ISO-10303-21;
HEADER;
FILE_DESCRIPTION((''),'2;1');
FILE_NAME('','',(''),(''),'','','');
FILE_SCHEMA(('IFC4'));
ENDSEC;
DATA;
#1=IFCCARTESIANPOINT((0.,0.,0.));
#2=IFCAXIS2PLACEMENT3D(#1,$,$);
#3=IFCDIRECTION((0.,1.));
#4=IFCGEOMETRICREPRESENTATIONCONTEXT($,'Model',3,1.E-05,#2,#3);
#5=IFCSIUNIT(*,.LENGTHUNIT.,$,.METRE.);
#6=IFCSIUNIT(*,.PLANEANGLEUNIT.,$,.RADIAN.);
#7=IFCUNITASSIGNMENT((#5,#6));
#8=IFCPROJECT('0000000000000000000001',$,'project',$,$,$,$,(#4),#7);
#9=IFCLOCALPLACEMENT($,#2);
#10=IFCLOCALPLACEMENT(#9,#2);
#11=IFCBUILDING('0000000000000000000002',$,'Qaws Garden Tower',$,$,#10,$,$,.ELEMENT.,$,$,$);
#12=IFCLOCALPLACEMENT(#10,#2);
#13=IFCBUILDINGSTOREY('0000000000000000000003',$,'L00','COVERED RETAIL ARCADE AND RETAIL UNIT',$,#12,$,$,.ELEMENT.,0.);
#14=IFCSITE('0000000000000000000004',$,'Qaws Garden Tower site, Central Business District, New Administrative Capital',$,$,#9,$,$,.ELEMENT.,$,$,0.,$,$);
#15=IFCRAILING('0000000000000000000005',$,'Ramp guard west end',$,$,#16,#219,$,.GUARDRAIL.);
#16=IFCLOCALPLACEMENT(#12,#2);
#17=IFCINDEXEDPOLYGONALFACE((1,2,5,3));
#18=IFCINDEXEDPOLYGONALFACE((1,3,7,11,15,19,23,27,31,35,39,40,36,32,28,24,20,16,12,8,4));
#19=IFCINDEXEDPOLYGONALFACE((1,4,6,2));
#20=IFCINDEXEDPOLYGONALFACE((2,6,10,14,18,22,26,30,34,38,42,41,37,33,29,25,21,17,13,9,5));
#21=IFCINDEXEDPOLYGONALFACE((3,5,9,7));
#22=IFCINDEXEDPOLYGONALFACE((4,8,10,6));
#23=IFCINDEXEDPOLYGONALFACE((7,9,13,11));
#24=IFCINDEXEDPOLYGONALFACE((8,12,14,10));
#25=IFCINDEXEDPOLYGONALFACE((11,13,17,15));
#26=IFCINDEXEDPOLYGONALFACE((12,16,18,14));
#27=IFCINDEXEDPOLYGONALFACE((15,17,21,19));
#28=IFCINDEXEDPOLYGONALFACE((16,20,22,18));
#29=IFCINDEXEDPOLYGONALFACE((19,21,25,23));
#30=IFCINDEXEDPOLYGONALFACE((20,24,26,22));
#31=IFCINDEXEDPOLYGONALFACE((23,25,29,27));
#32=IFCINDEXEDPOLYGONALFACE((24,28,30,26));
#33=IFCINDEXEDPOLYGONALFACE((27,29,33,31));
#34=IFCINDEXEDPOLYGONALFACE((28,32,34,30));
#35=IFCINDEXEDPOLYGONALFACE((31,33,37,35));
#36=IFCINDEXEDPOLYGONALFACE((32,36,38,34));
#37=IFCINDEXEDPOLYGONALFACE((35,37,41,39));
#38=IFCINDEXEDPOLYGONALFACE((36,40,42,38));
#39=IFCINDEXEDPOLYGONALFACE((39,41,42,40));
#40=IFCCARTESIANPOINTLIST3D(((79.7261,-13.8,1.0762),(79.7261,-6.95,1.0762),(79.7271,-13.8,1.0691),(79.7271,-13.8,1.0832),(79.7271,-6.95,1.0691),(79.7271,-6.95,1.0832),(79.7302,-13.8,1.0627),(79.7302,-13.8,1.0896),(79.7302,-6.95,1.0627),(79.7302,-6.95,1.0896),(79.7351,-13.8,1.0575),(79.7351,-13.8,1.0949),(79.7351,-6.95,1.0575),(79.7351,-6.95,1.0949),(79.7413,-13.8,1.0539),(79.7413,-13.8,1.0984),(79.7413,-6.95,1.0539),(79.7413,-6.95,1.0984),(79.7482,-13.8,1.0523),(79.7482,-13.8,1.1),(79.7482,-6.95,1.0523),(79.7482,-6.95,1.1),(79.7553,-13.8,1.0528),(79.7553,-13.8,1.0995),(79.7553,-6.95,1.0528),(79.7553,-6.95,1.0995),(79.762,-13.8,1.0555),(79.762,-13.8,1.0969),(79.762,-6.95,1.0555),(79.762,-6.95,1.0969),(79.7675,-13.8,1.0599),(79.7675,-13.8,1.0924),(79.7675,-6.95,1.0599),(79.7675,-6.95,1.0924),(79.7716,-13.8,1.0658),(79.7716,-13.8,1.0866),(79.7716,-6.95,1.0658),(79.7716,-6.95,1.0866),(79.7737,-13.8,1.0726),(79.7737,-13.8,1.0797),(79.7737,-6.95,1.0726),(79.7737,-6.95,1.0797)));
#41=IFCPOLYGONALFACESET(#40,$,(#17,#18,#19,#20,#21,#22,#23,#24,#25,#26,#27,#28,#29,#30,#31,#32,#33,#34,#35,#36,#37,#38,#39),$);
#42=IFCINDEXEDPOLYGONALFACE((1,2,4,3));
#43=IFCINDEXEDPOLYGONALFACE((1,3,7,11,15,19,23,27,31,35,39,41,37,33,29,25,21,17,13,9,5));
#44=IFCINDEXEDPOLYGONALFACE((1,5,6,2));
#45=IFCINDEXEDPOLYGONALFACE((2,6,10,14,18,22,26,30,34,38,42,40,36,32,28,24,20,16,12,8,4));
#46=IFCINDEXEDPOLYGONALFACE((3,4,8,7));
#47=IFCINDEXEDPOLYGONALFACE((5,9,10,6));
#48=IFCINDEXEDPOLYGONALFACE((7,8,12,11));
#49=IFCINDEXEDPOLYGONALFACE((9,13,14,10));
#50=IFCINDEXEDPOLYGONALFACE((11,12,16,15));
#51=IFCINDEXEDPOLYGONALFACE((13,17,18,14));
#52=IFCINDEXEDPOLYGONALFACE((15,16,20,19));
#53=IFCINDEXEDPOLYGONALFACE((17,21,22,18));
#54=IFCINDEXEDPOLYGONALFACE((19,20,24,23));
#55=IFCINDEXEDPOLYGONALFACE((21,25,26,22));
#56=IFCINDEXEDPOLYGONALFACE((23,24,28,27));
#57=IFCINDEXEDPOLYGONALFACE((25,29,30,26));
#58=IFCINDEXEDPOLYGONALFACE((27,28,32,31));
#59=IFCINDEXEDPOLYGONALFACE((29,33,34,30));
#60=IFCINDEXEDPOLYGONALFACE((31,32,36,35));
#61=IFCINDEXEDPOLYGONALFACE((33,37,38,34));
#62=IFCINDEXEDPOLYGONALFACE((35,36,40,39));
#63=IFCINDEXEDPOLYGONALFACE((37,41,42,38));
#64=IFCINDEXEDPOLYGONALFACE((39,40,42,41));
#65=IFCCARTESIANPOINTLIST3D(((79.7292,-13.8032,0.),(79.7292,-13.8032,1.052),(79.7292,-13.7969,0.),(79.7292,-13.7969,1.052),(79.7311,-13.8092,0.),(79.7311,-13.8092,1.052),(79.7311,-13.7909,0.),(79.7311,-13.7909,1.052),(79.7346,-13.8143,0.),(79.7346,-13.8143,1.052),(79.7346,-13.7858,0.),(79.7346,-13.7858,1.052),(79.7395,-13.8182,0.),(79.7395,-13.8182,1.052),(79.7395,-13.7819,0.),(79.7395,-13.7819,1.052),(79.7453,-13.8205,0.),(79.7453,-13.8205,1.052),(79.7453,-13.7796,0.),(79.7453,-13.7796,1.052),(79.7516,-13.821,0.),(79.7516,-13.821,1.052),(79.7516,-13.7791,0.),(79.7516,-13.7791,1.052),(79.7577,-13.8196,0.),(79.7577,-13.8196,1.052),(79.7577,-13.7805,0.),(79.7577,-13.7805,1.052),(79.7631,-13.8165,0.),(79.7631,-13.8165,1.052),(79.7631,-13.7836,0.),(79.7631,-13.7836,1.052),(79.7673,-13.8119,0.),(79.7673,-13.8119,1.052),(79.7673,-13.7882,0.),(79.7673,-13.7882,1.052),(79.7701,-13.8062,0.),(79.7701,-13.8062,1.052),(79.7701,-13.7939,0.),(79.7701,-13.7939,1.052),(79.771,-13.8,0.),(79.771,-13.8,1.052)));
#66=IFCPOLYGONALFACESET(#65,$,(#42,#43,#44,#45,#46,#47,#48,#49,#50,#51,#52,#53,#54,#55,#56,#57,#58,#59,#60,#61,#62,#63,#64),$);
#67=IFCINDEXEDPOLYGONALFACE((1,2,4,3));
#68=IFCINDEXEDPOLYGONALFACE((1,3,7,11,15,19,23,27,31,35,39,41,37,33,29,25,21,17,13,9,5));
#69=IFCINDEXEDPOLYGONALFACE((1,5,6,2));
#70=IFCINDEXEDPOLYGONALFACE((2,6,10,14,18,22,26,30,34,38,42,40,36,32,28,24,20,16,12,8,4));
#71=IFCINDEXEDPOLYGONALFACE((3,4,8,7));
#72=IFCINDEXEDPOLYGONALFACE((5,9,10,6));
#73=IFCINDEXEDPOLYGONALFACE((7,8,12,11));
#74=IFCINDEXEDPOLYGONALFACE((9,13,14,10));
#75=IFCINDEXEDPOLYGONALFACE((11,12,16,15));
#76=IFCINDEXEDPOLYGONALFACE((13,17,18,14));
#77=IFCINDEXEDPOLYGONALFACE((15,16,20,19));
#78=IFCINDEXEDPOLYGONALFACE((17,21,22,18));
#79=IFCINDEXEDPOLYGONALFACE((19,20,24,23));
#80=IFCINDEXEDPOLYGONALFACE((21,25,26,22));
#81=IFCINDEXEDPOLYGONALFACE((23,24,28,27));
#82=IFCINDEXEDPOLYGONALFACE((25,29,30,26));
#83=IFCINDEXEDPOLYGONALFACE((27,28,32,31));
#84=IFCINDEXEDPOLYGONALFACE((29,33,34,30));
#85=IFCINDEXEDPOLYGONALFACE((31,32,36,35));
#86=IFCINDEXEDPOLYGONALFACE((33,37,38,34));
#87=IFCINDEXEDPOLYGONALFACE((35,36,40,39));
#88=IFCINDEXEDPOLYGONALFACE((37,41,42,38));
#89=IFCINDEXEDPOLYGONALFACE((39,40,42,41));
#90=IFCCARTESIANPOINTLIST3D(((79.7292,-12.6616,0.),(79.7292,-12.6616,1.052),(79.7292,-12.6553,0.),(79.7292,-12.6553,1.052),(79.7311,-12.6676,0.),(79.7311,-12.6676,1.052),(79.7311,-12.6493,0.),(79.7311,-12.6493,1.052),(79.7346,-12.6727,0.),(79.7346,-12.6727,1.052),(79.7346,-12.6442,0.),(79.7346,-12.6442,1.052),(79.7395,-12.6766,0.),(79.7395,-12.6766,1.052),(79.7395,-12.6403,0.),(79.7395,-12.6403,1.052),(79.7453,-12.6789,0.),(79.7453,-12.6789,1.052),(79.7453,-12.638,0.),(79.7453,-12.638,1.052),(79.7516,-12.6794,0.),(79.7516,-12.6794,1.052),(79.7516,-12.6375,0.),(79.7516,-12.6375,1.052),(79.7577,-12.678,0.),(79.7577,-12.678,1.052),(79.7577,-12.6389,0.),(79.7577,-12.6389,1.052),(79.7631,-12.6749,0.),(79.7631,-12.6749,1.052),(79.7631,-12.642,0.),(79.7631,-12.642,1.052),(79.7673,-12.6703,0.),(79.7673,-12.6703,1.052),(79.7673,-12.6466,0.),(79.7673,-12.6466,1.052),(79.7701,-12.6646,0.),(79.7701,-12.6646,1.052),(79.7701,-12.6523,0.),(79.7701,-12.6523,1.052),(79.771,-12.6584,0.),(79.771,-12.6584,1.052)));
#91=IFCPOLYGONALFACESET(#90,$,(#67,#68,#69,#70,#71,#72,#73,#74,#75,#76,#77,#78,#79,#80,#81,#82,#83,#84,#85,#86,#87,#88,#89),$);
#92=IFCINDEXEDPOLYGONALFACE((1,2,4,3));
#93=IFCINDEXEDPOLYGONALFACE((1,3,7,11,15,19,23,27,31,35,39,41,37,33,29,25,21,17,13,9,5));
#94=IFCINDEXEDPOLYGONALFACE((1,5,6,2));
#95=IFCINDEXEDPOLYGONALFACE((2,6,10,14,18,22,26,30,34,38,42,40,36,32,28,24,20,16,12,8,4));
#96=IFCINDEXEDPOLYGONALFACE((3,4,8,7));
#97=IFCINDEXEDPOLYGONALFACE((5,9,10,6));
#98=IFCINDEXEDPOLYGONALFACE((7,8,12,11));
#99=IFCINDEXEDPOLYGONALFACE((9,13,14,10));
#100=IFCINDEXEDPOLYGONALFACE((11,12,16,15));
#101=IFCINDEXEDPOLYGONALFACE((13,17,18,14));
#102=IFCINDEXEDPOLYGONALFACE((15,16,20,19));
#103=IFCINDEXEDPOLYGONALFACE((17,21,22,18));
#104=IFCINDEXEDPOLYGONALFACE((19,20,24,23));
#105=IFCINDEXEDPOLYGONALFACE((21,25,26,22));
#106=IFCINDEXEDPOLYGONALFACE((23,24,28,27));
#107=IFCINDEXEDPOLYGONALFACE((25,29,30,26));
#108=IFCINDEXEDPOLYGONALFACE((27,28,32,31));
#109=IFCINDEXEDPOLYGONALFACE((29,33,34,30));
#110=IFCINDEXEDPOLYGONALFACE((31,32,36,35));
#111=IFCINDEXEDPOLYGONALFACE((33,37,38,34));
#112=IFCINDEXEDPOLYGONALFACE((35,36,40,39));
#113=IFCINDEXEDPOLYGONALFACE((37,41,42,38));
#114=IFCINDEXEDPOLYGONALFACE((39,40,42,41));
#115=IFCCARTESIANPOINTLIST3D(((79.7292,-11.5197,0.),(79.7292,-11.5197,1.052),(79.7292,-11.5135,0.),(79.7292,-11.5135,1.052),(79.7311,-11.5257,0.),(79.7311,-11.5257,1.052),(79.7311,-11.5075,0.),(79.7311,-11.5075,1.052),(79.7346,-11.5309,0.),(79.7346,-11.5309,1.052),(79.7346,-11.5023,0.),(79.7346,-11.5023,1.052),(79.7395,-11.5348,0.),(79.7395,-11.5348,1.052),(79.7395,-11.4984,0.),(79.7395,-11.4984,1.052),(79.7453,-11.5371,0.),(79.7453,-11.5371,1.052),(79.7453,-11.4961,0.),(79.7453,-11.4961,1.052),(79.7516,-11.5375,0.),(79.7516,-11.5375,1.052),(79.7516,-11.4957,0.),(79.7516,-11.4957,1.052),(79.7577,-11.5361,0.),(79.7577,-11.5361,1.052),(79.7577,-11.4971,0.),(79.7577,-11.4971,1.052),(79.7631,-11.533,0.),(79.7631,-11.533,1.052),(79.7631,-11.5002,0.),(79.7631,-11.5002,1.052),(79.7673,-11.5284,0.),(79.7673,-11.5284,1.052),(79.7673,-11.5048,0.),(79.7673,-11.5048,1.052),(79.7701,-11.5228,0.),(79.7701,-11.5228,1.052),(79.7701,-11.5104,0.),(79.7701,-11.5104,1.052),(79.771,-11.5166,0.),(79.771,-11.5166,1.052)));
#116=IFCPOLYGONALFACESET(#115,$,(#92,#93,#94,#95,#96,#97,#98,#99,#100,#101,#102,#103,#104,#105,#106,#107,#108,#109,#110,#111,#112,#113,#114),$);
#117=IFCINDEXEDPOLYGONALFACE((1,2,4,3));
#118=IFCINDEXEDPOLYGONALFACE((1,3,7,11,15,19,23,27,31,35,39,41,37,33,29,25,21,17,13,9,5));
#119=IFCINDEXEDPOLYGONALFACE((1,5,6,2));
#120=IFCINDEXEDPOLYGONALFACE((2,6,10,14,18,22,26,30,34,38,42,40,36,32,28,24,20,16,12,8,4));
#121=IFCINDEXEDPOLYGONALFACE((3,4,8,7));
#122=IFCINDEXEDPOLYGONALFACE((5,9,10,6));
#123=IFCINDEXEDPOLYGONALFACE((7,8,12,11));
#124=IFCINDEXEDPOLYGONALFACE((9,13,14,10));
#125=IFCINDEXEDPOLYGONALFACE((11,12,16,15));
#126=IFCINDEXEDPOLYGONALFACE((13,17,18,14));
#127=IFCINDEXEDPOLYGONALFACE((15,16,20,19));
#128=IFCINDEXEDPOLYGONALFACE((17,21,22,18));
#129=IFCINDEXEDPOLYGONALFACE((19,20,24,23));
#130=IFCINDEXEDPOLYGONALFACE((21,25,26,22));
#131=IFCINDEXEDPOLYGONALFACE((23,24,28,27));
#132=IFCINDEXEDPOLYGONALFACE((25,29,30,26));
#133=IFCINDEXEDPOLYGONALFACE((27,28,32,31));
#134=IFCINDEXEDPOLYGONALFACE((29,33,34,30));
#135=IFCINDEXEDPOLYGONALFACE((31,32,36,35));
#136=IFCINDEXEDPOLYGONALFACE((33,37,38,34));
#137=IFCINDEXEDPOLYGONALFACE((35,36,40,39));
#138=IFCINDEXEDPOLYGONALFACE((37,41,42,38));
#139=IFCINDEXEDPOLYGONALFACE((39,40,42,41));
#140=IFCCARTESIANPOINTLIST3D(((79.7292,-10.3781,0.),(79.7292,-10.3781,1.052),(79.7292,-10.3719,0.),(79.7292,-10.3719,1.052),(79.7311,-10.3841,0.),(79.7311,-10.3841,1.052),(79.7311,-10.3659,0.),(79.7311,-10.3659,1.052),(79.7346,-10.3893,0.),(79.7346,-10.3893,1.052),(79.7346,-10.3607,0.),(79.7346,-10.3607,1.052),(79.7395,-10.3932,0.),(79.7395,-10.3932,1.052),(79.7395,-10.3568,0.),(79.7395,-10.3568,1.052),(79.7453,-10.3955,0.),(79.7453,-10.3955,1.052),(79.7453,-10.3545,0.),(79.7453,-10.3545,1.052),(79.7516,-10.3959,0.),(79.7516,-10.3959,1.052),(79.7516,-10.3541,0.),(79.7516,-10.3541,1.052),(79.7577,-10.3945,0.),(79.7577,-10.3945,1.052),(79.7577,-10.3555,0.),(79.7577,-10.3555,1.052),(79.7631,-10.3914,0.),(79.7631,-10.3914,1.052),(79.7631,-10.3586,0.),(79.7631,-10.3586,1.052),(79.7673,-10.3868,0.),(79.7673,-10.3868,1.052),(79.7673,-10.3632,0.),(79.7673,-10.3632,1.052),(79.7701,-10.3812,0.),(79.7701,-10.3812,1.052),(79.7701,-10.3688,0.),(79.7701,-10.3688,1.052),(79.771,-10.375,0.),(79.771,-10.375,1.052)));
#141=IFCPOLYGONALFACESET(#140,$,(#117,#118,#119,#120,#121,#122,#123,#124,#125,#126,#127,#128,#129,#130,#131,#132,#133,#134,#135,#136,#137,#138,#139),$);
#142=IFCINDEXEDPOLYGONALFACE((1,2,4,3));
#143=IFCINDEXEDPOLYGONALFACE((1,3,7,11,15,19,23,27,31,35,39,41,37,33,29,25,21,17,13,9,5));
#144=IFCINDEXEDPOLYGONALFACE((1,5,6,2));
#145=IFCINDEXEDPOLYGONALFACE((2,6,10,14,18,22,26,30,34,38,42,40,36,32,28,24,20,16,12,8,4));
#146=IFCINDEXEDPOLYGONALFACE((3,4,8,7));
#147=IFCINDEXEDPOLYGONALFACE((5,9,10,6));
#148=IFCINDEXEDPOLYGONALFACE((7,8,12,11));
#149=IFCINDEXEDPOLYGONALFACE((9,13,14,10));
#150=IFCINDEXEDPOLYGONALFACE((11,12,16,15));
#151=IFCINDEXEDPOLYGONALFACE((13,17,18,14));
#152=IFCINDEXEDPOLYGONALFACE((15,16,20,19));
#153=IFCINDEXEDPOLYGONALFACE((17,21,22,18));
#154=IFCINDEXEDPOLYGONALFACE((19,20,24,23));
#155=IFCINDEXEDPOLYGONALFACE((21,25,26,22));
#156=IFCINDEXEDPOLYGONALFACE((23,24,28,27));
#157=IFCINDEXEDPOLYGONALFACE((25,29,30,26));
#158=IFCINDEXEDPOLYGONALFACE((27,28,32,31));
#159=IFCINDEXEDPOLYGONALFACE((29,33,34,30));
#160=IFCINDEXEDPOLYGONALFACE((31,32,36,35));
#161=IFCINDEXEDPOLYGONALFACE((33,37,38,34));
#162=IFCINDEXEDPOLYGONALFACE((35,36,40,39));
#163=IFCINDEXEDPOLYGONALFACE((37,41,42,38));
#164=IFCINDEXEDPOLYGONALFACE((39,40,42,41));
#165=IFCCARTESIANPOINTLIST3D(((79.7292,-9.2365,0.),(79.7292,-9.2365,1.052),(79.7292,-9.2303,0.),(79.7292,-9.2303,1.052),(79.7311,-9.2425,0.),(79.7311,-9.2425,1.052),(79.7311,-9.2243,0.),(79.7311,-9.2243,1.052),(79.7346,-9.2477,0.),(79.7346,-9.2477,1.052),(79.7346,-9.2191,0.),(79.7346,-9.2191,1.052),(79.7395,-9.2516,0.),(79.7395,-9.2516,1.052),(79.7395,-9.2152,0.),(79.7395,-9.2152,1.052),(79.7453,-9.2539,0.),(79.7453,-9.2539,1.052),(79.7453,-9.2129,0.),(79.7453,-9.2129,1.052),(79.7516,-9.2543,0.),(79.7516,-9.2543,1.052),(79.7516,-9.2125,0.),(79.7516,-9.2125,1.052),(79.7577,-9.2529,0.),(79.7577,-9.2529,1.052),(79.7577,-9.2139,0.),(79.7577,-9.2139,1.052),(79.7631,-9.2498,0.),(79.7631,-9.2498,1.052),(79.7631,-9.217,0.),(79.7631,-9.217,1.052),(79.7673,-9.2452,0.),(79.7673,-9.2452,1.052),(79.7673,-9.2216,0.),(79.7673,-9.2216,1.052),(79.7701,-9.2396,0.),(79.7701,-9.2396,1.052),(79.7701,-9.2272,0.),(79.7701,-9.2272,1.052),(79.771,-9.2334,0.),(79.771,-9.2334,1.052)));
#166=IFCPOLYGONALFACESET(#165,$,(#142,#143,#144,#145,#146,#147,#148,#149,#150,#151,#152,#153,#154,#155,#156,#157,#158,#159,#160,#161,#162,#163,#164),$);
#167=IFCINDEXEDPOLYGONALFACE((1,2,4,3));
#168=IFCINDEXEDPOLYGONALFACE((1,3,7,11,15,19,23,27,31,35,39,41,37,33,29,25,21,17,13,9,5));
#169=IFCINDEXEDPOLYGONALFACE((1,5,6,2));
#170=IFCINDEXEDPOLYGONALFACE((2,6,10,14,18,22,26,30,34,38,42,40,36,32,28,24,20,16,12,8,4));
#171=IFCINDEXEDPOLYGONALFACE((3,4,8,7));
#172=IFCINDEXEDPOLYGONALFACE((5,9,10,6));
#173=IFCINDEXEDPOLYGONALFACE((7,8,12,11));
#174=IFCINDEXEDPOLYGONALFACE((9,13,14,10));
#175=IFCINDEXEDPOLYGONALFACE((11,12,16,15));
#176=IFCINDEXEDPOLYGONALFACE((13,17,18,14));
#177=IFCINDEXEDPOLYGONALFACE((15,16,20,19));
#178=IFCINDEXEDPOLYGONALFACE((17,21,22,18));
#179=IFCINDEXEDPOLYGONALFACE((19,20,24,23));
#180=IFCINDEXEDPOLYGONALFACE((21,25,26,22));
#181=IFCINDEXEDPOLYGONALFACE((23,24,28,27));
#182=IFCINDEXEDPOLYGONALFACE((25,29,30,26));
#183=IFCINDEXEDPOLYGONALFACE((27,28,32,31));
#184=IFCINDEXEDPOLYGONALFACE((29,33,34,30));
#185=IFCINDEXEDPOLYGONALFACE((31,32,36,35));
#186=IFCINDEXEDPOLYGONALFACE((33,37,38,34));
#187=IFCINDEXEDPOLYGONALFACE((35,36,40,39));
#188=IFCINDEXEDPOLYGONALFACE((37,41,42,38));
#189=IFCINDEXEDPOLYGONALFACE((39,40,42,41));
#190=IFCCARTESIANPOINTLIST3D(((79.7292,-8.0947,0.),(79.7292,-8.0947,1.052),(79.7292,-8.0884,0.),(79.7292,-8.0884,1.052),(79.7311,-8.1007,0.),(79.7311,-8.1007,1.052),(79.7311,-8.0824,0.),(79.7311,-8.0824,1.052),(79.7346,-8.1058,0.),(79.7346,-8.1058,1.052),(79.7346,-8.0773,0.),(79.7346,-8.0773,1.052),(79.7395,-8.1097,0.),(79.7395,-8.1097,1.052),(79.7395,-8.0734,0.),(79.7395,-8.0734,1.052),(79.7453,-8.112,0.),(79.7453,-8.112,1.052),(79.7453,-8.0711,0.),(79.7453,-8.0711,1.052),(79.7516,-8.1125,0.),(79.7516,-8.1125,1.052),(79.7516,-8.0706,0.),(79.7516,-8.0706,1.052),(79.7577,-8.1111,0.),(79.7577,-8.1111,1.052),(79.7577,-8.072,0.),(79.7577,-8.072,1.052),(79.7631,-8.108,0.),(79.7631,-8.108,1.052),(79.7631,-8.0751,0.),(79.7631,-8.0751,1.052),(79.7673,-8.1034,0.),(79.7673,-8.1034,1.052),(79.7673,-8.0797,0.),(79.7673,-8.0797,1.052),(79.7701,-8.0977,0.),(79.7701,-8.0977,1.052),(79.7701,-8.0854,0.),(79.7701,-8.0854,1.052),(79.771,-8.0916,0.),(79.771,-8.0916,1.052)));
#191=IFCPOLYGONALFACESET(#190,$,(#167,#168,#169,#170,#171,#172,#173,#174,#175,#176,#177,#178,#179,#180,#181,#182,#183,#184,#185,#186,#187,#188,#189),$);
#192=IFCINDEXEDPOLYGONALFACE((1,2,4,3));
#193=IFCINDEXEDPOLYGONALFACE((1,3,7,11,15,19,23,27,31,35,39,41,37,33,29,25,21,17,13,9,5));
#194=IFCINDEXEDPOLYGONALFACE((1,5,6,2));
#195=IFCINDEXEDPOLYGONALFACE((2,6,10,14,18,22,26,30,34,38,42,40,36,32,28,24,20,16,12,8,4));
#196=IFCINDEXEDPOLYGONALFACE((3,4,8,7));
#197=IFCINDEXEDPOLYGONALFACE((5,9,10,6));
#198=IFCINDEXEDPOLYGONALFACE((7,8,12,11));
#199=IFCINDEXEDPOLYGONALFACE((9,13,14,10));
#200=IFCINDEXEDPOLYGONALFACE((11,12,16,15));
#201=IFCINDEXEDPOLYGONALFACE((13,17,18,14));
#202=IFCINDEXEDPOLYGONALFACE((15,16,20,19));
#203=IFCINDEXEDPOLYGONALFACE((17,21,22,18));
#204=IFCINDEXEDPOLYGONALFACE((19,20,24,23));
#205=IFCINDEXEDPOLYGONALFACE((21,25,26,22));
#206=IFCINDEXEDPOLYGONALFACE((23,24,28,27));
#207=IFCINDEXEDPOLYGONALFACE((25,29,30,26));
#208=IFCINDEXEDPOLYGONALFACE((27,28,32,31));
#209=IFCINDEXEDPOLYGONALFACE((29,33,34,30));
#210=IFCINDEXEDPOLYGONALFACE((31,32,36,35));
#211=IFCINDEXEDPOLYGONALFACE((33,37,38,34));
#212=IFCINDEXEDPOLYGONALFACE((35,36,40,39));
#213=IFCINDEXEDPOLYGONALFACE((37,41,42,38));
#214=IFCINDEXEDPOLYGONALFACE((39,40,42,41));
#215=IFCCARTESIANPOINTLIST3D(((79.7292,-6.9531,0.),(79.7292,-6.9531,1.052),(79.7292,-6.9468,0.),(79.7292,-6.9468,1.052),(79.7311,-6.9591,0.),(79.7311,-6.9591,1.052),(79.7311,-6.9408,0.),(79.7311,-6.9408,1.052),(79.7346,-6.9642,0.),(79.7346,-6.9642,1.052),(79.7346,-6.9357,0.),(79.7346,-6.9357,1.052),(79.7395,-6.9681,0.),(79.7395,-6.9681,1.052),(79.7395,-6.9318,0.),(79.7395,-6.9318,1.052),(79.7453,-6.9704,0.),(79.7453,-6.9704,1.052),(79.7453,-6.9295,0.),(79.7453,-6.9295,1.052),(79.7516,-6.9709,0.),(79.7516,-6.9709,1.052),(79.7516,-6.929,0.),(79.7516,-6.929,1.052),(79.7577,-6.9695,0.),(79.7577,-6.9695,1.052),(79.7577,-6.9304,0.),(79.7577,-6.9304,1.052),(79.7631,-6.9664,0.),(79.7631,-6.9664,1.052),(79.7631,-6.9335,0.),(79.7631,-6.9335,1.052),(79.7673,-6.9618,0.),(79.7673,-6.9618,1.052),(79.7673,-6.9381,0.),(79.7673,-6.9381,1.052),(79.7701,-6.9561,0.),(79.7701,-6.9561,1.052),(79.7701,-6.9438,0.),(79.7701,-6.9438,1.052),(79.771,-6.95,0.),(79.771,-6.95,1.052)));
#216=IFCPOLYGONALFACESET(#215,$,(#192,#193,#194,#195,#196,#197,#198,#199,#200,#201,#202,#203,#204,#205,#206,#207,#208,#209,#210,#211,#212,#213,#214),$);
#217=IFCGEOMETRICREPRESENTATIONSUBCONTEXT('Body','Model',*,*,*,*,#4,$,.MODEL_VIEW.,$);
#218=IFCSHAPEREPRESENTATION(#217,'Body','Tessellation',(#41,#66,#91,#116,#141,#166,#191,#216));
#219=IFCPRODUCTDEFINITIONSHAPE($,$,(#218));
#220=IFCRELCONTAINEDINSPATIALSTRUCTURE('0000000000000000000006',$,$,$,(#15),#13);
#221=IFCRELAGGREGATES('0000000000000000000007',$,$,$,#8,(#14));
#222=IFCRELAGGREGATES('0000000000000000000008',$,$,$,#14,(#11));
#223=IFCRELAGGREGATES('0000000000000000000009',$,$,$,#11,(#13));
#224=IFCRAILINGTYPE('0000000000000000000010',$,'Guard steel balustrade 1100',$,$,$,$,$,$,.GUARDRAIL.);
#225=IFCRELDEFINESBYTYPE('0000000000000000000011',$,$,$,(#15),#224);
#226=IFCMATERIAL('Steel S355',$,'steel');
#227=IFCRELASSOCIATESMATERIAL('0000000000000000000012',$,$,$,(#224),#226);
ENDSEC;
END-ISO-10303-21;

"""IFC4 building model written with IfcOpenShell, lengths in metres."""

from ifc_helpers import new_model, si_unit, direction, frame, origin, origin_2d, place, context, subcontext, project, spatial, circle, extrude, material, type_object, element, save


model = new_model("IFC4")

# Units and contexts
model_context = context("Model", 3, precision=1e-05, world=origin(), true_north=direction((0.0, 1.0)))
body_context = subcontext(model_context, "Body", "Model", "MODEL_VIEW")
ifc_project = project(units=[si_unit("LENGTHUNIT", "METRE"), si_unit("PLANEANGLEUNIT", "RADIAN")], contexts=[model_context])

# Site, building, storey
site_placement = place(None, origin())
site = spatial("IfcSite", under=ifc_project, at=site_placement, Name="Qaws Garden Tower site, Central Business District, New Administrative Capital", CompositionType="ELEMENT", RefElevation=0.0)
building_placement = place(site_placement, origin())
building = spatial("IfcBuilding", under=site, at=building_placement, Name="Qaws Garden Tower", CompositionType="ELEMENT")
storey_placement = place(building_placement, origin())
storey = spatial("IfcBuildingStorey", under=building, at=storey_placement, Name="L00", Description="COVERED RETAIL ARCADE AND RETAIL UNIT", CompositionType="ELEMENT", Elevation=0.0)

# Railing
ifc_material_1 = material(Name="Steel S355", Category="steel")
railing_type = type_object("IfcRailingType", Name="Guard steel balustrade 1100", PredefinedType="GUARDRAIL", material=ifc_material_1)
railing_1_placement = place(storey_placement, frame((79.75, -13.8, 0.0)))
element("IfcRailing", 1, at=railing_1_placement, inside=storey, type_object=railing_type, Name="Ramp guard west end", PredefinedType="GUARDRAIL", context=body_context, shape_type="SweptSolid", body=[
    extrude(circle(Radius=0.0239, at=origin_2d()), frame((0.0, 0.0, 1.0762), z_axis=(0.0, 1.0, 0.0), x_axis=(-1.0, 0.0, 0.0)), (0.0, 0.0, 1.0), 6.8501),
    extrude(circle(Radius=0.021, at=origin_2d()), origin(), (0.0, 0.0, 1.0), 1.052),
    extrude(circle(Radius=0.021, at=origin_2d()), frame((0.0, 1.1416, 0.0)), (0.0, 0.0, 1.0), 1.052),
    extrude(circle(Radius=0.021, at=origin_2d()), frame((0.0, 2.2834, 0.0)), (0.0, 0.0, 1.0), 1.052),
    extrude(circle(Radius=0.021, at=origin_2d()), frame((0.0, 3.425, 0.0)), (0.0, 0.0, 1.0), 1.052),
    extrude(circle(Radius=0.021, at=origin_2d()), frame((0.0, 4.5667, 0.0)), (0.0, 0.0, 1.0), 1.052),
    extrude(circle(Radius=0.021, at=origin_2d()), frame((0.0, 5.7085, 0.0)), (0.0, 0.0, 1.0), 1.052),
    extrude(circle(Radius=0.021, at=origin_2d()), frame((0.0, 6.8501, 0.0)), (0.0, 0.0, 1.0), 1.052),
])

save(model, "model.ifc")
